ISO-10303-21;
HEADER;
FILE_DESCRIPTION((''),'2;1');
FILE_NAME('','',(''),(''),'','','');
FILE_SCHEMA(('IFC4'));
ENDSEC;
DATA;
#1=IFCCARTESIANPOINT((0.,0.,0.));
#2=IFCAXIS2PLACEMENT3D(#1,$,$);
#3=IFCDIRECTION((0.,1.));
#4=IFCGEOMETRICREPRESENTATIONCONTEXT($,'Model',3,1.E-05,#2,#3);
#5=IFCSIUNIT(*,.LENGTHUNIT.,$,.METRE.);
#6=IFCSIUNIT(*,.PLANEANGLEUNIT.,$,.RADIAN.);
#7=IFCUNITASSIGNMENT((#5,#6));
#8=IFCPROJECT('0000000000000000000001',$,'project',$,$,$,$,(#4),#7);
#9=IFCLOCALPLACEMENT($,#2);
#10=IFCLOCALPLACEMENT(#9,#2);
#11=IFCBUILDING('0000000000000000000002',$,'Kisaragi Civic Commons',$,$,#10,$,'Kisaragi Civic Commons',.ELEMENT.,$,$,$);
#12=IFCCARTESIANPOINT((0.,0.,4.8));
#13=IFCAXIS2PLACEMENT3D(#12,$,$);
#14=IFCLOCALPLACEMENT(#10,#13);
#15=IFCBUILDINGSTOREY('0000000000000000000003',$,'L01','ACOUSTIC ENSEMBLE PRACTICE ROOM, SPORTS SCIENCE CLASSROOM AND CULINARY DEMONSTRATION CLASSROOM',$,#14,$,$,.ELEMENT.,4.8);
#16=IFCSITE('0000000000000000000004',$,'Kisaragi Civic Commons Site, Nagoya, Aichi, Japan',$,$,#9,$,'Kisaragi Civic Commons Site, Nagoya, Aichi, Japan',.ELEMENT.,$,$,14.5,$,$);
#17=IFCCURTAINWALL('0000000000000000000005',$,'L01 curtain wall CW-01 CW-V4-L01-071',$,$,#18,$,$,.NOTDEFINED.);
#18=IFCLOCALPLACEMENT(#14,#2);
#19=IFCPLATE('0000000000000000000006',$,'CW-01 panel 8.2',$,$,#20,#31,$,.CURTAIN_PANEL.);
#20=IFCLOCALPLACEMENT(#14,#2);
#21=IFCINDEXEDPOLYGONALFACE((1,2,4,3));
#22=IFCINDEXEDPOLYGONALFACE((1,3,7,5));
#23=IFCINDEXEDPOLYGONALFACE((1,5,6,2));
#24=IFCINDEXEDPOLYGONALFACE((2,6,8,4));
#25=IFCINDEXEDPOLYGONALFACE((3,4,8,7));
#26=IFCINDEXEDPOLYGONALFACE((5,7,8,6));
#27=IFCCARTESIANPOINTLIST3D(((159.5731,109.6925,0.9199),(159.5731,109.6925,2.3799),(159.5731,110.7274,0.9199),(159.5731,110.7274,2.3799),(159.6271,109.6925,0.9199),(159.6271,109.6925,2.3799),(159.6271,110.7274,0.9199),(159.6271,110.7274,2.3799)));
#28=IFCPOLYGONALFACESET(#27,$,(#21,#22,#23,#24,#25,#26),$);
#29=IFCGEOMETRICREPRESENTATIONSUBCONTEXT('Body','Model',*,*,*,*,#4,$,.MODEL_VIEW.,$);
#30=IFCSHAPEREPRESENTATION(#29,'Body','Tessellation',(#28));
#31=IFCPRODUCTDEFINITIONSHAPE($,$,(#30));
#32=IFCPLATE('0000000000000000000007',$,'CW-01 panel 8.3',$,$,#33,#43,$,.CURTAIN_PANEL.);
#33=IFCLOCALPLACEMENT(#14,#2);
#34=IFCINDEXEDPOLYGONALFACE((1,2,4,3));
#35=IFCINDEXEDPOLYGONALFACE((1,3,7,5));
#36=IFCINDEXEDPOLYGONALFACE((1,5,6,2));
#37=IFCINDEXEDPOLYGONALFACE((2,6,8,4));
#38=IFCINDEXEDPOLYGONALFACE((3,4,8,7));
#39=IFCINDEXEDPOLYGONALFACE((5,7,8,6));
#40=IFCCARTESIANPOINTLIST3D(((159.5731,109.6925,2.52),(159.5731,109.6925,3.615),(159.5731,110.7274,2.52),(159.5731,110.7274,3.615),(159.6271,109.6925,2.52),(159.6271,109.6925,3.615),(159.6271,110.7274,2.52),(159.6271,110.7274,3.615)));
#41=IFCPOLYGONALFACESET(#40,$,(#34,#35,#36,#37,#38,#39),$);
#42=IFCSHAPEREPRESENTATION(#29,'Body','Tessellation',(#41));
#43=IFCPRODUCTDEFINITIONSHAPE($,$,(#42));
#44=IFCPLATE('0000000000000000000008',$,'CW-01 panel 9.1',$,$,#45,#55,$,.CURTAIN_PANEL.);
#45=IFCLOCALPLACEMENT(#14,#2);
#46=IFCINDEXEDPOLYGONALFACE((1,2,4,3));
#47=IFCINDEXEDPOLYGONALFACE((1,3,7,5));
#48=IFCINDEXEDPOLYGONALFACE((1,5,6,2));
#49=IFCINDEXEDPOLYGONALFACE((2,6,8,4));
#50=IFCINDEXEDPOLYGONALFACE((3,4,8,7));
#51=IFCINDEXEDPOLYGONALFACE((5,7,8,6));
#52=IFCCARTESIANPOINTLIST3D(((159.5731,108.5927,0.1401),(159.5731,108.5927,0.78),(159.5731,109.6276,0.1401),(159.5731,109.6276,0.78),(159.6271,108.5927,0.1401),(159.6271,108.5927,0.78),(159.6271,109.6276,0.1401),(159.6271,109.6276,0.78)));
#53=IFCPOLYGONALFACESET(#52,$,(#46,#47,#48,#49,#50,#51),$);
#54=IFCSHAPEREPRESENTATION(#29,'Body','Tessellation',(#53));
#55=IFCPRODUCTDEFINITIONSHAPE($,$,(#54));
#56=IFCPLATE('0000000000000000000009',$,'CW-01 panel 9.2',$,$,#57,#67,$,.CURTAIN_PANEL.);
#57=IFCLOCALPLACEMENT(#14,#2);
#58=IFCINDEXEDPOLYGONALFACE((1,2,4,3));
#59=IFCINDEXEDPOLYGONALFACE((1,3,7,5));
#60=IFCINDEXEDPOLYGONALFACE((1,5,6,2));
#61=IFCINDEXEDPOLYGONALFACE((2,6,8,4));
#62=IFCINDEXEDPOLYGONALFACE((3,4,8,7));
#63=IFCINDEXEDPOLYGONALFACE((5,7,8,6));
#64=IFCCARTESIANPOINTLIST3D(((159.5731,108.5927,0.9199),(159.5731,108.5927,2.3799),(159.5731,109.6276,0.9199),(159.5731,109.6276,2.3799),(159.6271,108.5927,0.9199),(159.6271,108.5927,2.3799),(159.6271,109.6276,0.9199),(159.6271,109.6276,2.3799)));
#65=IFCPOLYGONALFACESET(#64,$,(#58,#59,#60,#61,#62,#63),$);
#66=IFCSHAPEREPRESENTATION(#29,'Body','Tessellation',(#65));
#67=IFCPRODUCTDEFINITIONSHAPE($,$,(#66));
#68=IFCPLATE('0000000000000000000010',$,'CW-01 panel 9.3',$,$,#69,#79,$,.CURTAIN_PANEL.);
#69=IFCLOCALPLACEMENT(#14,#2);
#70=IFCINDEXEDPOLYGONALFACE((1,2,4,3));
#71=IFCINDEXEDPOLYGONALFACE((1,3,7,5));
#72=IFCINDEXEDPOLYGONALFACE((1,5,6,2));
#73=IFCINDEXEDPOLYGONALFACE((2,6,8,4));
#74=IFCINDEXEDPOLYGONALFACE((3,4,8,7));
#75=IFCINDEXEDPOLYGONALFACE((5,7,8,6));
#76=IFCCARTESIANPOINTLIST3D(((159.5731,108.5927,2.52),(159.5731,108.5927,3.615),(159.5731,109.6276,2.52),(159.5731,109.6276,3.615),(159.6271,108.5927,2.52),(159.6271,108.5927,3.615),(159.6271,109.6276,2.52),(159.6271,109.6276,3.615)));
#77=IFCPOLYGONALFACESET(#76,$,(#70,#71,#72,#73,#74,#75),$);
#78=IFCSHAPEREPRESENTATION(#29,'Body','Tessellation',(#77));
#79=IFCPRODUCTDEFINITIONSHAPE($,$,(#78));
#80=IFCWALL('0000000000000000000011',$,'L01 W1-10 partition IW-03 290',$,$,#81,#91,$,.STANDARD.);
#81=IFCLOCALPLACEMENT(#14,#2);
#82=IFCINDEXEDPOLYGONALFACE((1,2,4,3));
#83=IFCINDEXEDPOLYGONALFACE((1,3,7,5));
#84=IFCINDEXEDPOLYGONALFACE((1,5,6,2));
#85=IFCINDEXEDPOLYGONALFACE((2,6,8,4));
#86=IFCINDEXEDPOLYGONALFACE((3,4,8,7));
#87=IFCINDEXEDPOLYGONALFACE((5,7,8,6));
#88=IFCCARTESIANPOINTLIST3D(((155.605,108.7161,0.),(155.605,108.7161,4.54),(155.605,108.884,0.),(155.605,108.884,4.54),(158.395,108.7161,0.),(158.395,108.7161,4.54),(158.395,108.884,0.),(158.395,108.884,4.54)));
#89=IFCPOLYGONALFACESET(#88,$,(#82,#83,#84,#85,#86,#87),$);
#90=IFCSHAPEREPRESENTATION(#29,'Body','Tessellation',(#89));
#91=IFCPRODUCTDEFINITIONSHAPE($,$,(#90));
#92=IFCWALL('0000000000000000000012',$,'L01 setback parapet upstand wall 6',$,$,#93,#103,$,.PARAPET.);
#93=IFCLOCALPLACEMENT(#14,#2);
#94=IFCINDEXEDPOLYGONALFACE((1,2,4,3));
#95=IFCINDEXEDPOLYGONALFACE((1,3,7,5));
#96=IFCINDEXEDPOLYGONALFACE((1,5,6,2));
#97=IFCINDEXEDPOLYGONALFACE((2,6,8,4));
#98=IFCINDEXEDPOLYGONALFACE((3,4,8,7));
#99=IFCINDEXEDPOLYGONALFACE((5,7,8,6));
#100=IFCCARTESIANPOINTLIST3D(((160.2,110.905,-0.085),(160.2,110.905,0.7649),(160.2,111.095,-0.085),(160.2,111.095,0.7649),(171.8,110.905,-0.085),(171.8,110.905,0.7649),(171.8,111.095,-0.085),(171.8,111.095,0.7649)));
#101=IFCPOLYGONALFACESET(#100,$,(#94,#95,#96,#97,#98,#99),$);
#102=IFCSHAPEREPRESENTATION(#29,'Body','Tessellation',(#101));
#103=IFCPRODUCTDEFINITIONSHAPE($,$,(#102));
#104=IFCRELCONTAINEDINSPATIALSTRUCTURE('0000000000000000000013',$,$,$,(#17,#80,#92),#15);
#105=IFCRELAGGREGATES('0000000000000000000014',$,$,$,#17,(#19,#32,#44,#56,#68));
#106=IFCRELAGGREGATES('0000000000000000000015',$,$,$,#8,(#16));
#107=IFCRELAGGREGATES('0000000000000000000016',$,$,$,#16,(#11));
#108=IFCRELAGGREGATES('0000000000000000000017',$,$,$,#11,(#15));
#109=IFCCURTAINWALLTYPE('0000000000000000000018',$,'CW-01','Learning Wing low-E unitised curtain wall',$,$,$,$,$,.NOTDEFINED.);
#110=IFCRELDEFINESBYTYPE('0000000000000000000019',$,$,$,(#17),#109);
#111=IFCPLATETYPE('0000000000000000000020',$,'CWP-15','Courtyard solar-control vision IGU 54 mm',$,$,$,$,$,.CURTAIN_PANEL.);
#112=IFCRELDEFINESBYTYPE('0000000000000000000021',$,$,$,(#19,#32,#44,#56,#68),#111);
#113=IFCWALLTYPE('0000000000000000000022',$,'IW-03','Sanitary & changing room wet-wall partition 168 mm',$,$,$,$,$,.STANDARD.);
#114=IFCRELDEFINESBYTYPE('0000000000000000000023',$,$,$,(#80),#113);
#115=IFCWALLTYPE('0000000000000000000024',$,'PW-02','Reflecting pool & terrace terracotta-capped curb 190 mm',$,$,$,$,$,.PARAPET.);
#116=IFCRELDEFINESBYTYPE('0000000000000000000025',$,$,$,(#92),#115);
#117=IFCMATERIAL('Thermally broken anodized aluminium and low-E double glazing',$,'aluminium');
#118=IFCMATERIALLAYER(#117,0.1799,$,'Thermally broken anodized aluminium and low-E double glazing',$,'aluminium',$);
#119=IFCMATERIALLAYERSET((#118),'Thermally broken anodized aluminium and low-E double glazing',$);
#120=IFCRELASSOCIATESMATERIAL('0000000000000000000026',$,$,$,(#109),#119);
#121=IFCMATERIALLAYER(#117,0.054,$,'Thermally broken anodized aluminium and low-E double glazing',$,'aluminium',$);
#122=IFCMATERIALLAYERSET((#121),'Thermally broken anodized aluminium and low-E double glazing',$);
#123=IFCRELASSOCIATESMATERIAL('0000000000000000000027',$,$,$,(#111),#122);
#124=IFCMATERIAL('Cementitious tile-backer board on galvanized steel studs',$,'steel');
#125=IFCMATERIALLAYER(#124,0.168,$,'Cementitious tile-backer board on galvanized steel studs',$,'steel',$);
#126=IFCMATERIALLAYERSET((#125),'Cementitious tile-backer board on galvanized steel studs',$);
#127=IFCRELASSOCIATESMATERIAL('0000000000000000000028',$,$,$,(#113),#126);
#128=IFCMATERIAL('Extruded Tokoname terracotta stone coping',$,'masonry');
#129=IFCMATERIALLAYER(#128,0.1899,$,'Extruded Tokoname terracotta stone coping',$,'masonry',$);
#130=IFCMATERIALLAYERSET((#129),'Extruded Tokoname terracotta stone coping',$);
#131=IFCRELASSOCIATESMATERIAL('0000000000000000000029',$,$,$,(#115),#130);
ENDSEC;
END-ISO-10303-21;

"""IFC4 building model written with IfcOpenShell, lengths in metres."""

from ifc_helpers import new_model, si_unit, direction, frame, frame_2d, origin, origin_2d, place, context, subcontext, project, spatial, rectangle, extrude, material, layer, layer_set, type_object, element, aggregate, save


model = new_model("IFC4")

# Units and contexts
model_context = context("Model", 3, precision=1e-05, world=origin(), true_north=direction((0.0, 1.0)))
body_context = subcontext(model_context, "Body", "Model", "MODEL_VIEW")
ifc_project = project(units=[si_unit("LENGTHUNIT", "METRE"), si_unit("PLANEANGLEUNIT", "RADIAN")], contexts=[model_context])

# Site, building, storey
site_placement = place(None, origin())
site = spatial("IfcSite", under=ifc_project, at=site_placement, Name="Kisaragi Civic Commons Site, Nagoya, Aichi, Japan", LongName="Kisaragi Civic Commons Site, Nagoya, Aichi, Japan", CompositionType="ELEMENT", RefElevation=14.5)
building_placement = place(site_placement, origin())
building = spatial("IfcBuilding", under=site, at=building_placement, Name="Kisaragi Civic Commons", LongName="Kisaragi Civic Commons", CompositionType="ELEMENT")
storey_placement = place(building_placement, frame((0.0, 0.0, 4.8)))
storey = spatial("IfcBuildingStorey", under=building, at=storey_placement, Name="L01", Description="ACOUSTIC ENSEMBLE PRACTICE ROOM, SPORTS SCIENCE CLASSROOM AND CULINARY DEMONSTRATION CLASSROOM", CompositionType="ELEMENT", Elevation=4.8)

# Curtain wall, plates
ifc_material_1 = material(Name="Thermally broken anodized aluminium and low-E double glazing", Category="aluminium")
ifc_layer_1 = layer(ifc_material_1, 0.1799, Name="Thermally broken anodized aluminium and low-E double glazing", Category="aluminium")
ifc_layer_set_1 = layer_set([ifc_layer_1], Name="Thermally broken anodized aluminium and low-E double glazing")
curtain_wall_type = type_object("IfcCurtainWallType", Name="CW-01", Description="Learning Wing low-E unitised curtain wall", PredefinedType="NOTDEFINED", material=ifc_layer_set_1)
curtain_wall_placement = place(storey_placement, origin())
curtain_wall = element("IfcCurtainWall", 1, at=curtain_wall_placement, inside=storey, type_object=curtain_wall_type, Name="L01 curtain wall CW-01 CW-V4-L01-071", PredefinedType="NOTDEFINED")
ifc_layer_2 = layer(ifc_material_1, 0.054, Name="Thermally broken anodized aluminium and low-E double glazing", Category="aluminium")
ifc_layer_set_2 = layer_set([ifc_layer_2], Name="Thermally broken anodized aluminium and low-E double glazing")
plate_type = type_object("IfcPlateType", Name="CWP-15", Description="Courtyard solar-control vision IGU 54 mm", PredefinedType="CURTAIN_PANEL", material=ifc_layer_set_2)
plate_1_placement = place(storey_placement, frame((159.6001, 110.21, 0.9199), z_axis=(0.0, 0.0, 1.0), x_axis=(0.0, -1.0, 0.0)))
plate_1 = element("IfcPlate", 2, at=plate_1_placement, type_object=plate_type, Name="CW-01 panel 8.2", PredefinedType="CURTAIN_PANEL", context=body_context, shape_type="SweptSolid", body=[
    extrude(rectangle(XDim=1.0349, YDim=0.054, at=origin_2d()), origin(), (0.0, 0.0, 1.0), 1.46),
])
plate_2_placement = place(storey_placement, frame((159.6001, 110.21, 2.52), z_axis=(0.0, 0.0, 1.0), x_axis=(0.0, -1.0, 0.0)))
plate_2 = element("IfcPlate", 3, at=plate_2_placement, type_object=plate_type, Name="CW-01 panel 8.3", PredefinedType="CURTAIN_PANEL", context=body_context, shape_type="SweptSolid", body=[
    extrude(rectangle(XDim=1.0349, YDim=0.054, at=origin_2d()), origin(), (0.0, 0.0, 1.0), 1.095),
])
plate_3_placement = place(storey_placement, frame((159.6001, 109.1101, 0.1401), z_axis=(0.0, 0.0, 1.0), x_axis=(0.0, -1.0, 0.0)))
plate_3 = element("IfcPlate", 4, at=plate_3_placement, type_object=plate_type, Name="CW-01 panel 9.1", PredefinedType="CURTAIN_PANEL", context=body_context, shape_type="SweptSolid", body=[
    extrude(rectangle(XDim=1.0349, YDim=0.054, at=origin_2d()), origin(), (0.0, 0.0, 1.0), 0.6399),
])
plate_4_placement = place(storey_placement, frame((159.6001, 109.1101, 0.9199), z_axis=(0.0, 0.0, 1.0), x_axis=(0.0, -1.0, 0.0)))
plate_4 = element("IfcPlate", 5, at=plate_4_placement, type_object=plate_type, Name="CW-01 panel 9.2", PredefinedType="CURTAIN_PANEL", context=body_context, shape_type="SweptSolid", body=[
    extrude(rectangle(XDim=1.0349, YDim=0.054, at=origin_2d()), origin(), (0.0, 0.0, 1.0), 1.46),
])
plate_5_placement = place(storey_placement, frame((159.6001, 109.1101, 2.52), z_axis=(0.0, 0.0, 1.0), x_axis=(0.0, -1.0, 0.0)))
plate_5 = element("IfcPlate", 6, at=plate_5_placement, type_object=plate_type, Name="CW-01 panel 9.3", PredefinedType="CURTAIN_PANEL", context=body_context, shape_type="SweptSolid", body=[
    extrude(rectangle(XDim=1.0349, YDim=0.054, at=origin_2d()), origin(), (0.0, 0.0, 1.0), 1.095),
])
aggregate(curtain_wall, [plate_1, plate_2, plate_3, plate_4, plate_5])

# Walls
ifc_material_2 = material(Name="Cementitious tile-backer board on galvanized steel studs", Category="steel")
ifc_layer_3 = layer(ifc_material_2, 0.168, Name="Cementitious tile-backer board on galvanized steel studs", Category="steel")
ifc_layer_set_3 = layer_set([ifc_layer_3], Name="Cementitious tile-backer board on galvanized steel studs")
wall_type_1 = type_object("IfcWallType", Name="IW-03", Description="Sanitary & changing room wet-wall partition 168 mm", PredefinedType="STANDARD", material=ifc_layer_set_3)
wall_1_placement = place(storey_placement, frame((158.395, 108.8, 0.0), z_axis=(0.0, 0.0, 1.0), x_axis=(-1.0, 0.0, 0.0)))
element("IfcWall", 7, at=wall_1_placement, inside=storey, type_object=wall_type_1, Name="L01 W1-10 partition IW-03 290", PredefinedType="STANDARD", context=body_context, shape_type="SweptSolid", body=[
    extrude(rectangle(XDim=2.79, YDim=0.168, at=frame_2d((1.395, 0.0))), origin(), (0.0, 0.0, 1.0), 4.54),
])
ifc_material_3 = material(Name="Extruded Tokoname terracotta stone coping", Category="masonry")
ifc_layer_4 = layer(ifc_material_3, 0.1899, Name="Extruded Tokoname terracotta stone coping", Category="masonry")
ifc_layer_set_4 = layer_set([ifc_layer_4], Name="Extruded Tokoname terracotta stone coping")
wall_type_2 = type_object("IfcWallType", Name="PW-02", Description="Reflecting pool & terrace terracotta-capped curb 190 mm", PredefinedType="PARAPET", material=ifc_layer_set_4)
wall_2_placement = place(storey_placement, frame((160.2, 111.0, -0.085), z_axis=(0.0, 0.0, 1.0), x_axis=(1.0, 0.0, 0.0)))
element("IfcWall", 8, at=wall_2_placement, inside=storey, type_object=wall_type_2, Name="L01 setback parapet upstand wall 6", PredefinedType="PARAPET", context=body_context, shape_type="SweptSolid", body=[
    extrude(rectangle(XDim=11.6001, YDim=0.1899, at=frame_2d((5.8, 0.0))), origin(), (0.0, 0.0, 1.0), 0.8499),
])

save(model, "model.ifc")
